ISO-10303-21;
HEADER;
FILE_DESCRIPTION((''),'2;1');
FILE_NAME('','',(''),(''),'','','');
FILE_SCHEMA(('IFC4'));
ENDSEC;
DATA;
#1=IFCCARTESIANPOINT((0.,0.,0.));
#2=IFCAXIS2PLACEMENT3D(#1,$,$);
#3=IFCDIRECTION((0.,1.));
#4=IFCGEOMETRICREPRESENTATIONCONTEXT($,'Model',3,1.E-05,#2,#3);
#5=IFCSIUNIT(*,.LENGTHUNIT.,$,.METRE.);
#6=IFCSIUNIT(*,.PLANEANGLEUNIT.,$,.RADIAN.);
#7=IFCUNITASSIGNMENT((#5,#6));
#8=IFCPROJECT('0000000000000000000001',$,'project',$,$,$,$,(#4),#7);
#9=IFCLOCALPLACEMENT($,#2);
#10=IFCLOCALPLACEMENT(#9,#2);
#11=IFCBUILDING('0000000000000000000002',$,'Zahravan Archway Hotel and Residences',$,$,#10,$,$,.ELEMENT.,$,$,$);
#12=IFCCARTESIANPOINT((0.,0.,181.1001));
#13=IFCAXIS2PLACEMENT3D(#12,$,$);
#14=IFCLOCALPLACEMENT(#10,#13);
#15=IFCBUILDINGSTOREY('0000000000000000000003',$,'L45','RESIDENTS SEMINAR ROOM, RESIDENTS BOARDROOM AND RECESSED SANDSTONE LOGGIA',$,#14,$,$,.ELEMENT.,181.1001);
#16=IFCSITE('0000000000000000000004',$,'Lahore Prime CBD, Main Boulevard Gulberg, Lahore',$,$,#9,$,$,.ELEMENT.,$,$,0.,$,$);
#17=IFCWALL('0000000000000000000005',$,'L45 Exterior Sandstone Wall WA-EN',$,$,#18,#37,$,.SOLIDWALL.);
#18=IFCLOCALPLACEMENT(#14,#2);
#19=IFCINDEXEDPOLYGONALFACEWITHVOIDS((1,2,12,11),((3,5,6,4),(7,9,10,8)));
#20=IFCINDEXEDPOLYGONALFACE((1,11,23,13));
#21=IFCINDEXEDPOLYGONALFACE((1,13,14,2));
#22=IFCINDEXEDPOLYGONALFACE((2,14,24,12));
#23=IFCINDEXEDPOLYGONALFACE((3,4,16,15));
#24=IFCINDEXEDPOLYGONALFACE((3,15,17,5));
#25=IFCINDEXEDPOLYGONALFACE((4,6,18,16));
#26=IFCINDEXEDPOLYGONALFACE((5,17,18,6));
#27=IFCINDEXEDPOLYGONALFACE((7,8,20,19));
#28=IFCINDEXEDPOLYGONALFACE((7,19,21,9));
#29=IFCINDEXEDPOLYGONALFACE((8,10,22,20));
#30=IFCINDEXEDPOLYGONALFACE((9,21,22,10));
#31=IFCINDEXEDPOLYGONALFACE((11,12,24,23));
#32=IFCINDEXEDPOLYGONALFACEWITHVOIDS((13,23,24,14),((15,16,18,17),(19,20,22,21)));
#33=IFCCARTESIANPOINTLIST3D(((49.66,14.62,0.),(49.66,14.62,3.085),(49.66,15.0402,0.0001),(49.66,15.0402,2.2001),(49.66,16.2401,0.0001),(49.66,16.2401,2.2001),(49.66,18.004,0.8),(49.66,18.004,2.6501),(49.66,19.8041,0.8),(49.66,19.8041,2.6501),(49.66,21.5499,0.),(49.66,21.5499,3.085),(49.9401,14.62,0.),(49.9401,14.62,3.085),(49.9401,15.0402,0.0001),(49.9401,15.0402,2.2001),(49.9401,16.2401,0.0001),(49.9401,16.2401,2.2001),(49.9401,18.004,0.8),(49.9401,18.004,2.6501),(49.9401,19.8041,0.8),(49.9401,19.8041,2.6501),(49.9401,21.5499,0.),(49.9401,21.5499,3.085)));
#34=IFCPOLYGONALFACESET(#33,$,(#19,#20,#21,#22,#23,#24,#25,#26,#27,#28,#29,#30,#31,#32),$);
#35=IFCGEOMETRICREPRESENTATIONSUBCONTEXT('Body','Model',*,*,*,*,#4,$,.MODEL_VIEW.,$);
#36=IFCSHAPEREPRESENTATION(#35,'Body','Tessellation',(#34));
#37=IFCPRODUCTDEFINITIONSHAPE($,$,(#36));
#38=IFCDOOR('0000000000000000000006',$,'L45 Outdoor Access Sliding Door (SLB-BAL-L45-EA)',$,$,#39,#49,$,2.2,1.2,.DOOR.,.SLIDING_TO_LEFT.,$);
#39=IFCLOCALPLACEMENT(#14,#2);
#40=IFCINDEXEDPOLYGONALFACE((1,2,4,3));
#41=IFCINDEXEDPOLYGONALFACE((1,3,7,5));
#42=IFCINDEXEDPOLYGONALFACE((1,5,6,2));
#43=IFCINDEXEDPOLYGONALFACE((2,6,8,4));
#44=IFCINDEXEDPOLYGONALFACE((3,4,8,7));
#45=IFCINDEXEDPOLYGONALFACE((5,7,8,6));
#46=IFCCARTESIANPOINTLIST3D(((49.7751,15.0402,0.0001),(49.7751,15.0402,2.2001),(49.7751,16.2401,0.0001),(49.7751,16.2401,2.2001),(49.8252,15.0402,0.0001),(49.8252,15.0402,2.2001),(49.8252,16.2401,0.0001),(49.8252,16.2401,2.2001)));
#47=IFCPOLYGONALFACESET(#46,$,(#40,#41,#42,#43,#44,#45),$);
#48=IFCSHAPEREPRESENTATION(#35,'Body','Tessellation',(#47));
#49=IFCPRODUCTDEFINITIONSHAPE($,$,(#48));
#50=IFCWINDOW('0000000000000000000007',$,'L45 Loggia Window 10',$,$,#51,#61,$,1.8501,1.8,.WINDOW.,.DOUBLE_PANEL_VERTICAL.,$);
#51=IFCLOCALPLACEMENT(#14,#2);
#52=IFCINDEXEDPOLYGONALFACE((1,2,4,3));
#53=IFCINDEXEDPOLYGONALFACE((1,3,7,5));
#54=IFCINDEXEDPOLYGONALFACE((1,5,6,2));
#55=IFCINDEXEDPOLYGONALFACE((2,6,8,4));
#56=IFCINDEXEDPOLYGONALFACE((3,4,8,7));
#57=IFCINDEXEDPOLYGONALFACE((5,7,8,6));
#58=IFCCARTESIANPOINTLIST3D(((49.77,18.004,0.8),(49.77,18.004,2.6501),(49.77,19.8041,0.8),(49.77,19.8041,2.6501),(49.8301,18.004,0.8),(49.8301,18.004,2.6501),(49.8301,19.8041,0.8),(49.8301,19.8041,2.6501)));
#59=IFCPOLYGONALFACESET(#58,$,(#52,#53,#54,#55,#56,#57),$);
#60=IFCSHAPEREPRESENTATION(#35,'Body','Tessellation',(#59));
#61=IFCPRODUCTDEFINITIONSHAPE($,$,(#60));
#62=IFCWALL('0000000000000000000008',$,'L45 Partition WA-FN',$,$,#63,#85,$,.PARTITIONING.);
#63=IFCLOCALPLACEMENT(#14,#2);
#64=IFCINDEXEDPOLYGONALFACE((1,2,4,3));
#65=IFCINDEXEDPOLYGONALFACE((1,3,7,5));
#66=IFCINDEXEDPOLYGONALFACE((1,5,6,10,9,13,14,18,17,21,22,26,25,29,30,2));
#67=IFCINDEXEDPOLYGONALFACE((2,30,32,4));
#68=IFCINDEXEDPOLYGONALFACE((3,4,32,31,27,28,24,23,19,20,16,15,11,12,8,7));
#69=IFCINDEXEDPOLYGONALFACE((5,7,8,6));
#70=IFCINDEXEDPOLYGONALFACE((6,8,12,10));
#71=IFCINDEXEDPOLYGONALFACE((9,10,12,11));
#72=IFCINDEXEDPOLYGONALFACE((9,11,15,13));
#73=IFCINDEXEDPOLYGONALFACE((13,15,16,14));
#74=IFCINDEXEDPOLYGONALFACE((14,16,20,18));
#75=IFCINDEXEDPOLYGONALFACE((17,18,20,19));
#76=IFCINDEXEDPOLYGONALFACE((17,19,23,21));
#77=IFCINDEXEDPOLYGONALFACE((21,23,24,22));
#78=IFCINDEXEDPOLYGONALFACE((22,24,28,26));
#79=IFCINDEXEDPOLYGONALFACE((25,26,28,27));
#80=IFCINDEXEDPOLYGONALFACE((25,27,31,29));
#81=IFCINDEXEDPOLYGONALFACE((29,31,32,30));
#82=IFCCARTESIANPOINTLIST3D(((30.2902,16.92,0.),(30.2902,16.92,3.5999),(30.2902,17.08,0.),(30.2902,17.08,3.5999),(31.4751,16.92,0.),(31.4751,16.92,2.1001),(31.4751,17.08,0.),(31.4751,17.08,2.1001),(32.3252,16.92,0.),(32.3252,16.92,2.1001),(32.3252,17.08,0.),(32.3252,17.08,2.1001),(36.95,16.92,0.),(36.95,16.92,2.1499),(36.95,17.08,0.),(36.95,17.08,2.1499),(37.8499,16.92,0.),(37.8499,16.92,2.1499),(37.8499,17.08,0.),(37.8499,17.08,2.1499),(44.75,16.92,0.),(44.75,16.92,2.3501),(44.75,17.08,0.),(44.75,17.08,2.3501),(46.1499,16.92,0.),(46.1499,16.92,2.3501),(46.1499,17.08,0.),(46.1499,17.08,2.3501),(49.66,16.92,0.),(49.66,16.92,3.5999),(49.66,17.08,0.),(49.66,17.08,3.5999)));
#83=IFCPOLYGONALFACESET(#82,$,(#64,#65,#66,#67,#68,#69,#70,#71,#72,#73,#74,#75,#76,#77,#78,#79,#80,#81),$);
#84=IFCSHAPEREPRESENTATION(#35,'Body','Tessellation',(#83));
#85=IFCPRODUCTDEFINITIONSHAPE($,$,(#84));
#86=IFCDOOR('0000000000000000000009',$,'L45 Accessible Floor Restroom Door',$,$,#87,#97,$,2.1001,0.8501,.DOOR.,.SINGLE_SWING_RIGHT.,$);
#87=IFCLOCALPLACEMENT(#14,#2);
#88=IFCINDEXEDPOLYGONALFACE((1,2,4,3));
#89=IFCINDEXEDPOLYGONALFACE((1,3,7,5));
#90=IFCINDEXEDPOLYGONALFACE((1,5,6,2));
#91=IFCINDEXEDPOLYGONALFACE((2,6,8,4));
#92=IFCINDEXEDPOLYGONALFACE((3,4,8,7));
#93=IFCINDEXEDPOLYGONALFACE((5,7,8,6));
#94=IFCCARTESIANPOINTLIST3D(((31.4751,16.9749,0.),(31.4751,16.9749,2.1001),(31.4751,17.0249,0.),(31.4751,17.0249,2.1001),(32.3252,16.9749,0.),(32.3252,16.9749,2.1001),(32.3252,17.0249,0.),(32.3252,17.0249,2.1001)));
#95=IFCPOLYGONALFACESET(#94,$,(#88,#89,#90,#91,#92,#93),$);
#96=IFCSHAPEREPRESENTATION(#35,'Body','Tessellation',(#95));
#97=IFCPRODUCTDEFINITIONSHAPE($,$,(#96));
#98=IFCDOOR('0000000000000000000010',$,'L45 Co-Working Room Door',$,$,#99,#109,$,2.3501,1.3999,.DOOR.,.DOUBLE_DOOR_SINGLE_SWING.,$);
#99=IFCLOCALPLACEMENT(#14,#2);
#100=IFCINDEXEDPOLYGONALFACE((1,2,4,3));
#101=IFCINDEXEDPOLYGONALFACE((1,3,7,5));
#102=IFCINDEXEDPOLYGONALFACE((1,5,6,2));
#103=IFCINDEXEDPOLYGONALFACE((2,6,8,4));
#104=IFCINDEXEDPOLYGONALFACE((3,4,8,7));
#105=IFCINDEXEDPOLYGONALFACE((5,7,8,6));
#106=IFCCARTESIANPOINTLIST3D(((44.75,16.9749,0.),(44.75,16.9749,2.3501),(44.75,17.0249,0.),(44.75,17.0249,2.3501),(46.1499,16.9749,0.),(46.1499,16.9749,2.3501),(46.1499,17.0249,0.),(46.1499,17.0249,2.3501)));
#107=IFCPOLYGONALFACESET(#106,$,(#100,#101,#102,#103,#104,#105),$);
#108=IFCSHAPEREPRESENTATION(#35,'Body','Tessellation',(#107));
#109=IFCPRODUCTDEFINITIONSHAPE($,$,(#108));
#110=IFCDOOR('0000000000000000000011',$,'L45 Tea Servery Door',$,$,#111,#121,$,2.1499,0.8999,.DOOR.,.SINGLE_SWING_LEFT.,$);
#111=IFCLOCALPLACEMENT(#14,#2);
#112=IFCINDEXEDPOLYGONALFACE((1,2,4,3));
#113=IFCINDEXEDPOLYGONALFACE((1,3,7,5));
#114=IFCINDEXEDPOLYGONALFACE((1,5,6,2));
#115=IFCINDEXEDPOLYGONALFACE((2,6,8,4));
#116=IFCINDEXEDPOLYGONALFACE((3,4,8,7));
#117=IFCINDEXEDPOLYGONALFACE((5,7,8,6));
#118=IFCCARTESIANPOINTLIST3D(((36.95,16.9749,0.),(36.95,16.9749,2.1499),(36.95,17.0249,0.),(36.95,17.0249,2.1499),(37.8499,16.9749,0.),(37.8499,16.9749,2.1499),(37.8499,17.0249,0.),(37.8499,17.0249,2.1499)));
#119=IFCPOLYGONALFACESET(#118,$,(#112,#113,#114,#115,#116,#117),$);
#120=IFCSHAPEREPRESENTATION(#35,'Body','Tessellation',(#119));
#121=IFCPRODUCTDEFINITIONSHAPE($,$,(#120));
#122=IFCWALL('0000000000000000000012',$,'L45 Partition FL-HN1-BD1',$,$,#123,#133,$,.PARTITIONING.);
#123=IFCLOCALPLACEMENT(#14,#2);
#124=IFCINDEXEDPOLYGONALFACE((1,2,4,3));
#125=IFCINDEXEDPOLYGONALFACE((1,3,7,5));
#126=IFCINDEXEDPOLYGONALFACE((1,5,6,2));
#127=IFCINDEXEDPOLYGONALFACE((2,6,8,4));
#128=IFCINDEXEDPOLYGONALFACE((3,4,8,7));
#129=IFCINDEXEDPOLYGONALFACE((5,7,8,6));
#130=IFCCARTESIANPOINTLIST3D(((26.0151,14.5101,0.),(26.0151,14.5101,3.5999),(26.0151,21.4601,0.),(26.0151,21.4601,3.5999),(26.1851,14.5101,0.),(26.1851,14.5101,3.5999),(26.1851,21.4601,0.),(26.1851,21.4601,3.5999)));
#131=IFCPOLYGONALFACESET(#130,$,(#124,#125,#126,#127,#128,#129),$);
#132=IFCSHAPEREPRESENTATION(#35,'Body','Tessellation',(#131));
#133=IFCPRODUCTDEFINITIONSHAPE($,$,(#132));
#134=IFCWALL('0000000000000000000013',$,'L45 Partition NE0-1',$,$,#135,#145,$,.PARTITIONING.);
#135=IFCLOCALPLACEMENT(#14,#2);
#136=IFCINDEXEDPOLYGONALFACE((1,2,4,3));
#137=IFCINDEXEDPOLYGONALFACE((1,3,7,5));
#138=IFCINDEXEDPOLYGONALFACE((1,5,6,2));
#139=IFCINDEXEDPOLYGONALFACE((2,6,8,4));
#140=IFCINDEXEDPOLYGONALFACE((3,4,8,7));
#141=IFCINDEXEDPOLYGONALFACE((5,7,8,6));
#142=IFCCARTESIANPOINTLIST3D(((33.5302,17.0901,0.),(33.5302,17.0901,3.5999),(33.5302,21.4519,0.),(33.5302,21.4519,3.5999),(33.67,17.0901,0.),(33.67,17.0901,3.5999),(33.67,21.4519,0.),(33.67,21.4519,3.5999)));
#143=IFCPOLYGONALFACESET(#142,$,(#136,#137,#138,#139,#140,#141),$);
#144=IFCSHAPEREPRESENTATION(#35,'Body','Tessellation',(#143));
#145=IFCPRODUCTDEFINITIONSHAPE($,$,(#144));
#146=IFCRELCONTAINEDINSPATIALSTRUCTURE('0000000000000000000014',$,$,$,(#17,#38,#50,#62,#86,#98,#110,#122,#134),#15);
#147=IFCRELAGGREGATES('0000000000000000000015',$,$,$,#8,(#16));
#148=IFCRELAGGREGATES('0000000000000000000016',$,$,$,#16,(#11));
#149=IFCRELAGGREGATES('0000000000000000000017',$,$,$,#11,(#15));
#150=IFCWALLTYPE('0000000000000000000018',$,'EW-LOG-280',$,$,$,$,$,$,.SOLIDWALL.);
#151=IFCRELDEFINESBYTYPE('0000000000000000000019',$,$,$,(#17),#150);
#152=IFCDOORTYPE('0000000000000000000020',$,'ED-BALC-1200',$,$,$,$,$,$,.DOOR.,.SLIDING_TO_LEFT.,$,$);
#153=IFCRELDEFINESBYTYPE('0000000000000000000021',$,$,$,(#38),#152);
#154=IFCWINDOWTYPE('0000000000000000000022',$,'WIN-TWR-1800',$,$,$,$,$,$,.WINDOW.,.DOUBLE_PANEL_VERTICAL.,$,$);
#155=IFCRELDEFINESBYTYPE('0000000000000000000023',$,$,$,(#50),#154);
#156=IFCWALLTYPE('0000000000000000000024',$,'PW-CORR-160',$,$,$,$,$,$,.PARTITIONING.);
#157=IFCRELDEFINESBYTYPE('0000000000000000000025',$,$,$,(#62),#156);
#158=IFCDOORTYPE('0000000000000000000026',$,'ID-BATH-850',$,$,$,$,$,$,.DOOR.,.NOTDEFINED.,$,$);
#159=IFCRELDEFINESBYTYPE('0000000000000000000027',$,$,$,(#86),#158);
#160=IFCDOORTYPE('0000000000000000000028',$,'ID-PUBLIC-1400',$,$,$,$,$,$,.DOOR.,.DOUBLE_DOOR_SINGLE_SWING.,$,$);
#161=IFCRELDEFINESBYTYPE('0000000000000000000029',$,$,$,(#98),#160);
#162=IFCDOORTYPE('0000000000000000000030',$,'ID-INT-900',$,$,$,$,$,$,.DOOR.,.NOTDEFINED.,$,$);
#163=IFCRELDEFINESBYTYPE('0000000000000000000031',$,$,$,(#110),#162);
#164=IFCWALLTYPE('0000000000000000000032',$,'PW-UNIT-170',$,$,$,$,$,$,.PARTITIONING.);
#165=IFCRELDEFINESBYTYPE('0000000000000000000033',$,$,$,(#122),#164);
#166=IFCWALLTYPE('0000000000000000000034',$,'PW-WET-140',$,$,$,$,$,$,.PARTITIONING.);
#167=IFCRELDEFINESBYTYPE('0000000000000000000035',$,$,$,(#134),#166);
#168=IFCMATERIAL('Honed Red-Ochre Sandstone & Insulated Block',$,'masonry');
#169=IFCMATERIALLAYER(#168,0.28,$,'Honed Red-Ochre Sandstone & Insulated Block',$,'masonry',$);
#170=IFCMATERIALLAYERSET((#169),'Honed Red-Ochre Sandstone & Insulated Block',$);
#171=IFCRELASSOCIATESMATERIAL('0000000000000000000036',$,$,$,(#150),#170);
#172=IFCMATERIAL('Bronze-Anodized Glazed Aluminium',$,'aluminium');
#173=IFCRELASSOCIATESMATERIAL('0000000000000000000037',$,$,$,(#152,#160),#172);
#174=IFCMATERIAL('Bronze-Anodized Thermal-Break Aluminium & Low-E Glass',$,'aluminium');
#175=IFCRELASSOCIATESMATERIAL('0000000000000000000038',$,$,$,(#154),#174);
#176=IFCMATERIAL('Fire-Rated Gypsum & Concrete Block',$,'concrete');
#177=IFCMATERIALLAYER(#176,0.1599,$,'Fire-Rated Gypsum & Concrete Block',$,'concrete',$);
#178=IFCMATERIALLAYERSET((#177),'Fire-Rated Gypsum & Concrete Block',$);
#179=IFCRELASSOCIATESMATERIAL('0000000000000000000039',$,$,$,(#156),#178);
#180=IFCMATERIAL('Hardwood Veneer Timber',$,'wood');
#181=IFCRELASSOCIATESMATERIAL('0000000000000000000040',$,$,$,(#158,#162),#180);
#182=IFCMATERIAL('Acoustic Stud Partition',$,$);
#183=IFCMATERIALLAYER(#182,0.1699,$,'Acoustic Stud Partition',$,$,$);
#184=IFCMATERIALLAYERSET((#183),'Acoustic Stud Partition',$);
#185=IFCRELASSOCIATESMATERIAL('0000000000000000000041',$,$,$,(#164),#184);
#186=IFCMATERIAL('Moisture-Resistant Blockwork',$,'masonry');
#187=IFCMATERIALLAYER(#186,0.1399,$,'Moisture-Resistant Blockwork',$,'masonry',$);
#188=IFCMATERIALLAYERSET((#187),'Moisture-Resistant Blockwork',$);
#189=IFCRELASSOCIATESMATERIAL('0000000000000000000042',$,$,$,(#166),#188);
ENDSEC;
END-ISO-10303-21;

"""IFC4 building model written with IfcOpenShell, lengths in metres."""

from ifc_helpers import new_model, si_unit, direction, frame, frame_2d, origin, place, context, subcontext, project, spatial, rectangle, extrude, source, transform, mapped, material, layer, layer_set, type_object, type_shapes, element, fill, save


model = new_model("IFC4")

# Units and contexts
model_context = context("Model", 3, precision=1e-05, world=origin(), true_north=direction((0.0, 1.0)))
body_context = subcontext(model_context, "Body", "Model", "MODEL_VIEW")
ifc_project = project(units=[si_unit("LENGTHUNIT", "METRE"), si_unit("PLANEANGLEUNIT", "RADIAN")], contexts=[model_context])

# Site, building, storey
site_placement = place(None, origin())
site = spatial("IfcSite", under=ifc_project, at=site_placement, Name="Lahore Prime CBD, Main Boulevard Gulberg, Lahore", CompositionType="ELEMENT", RefElevation=0.0)
building_placement = place(site_placement, origin())
building = spatial("IfcBuilding", under=site, at=building_placement, Name="Zahravan Archway Hotel and Residences", CompositionType="ELEMENT")
storey_placement = place(building_placement, frame((0.0, 0.0, 181.1001)))
storey = spatial("IfcBuildingStorey", under=building, at=storey_placement, Name="L45", Description="RESIDENTS SEMINAR ROOM, RESIDENTS BOARDROOM AND RECESSED SANDSTONE LOGGIA", CompositionType="ELEMENT", Elevation=181.1001)

# Wall, openings, door, window
ifc_material_1 = material(Name="Honed Red-Ochre Sandstone & Insulated Block", Category="masonry")
ifc_layer_1 = layer(ifc_material_1, 0.28, Name="Honed Red-Ochre Sandstone & Insulated Block", Category="masonry")
ifc_layer_set_1 = layer_set([ifc_layer_1], Name="Honed Red-Ochre Sandstone & Insulated Block")
wall_type_1 = type_object("IfcWallType", Name="EW-LOG-280", PredefinedType="SOLIDWALL", material=ifc_layer_set_1)
wall_1_placement = place(storey_placement, frame((49.8, 14.6201, 0.0), z_axis=(0.0, 0.0, 1.0), x_axis=(0.0, 1.0, 0.0)))
wall_1 = element("IfcWall", 1, at=wall_1_placement, inside=storey, type_object=wall_type_1, Name="L45 Exterior Sandstone Wall WA-EN", PredefinedType="SOLIDWALL", context=body_context, shape_type="SweptSolid", body=[
    extrude(rectangle(XDim=6.9299, YDim=0.28, at=frame_2d((3.4648, 0.0))), origin(), (0.0, 0.0, 1.0), 3.085),
])
opening_1_placement = place(wall_1_placement, frame((0.4199, 0.0, 0.0)))
opening_1 = element("IfcOpeningElement", 2, at=opening_1_placement, cuts=wall_1, PredefinedType="OPENING", context=body_context, shape_type="SweptSolid", body=[
    extrude(rectangle(XDim=1.2, YDim=2.2, at=frame_2d((0.6001, 1.1001))), frame((0.0, 0.1499, 0.0), z_axis=(0.0, -1.0, 0.0), x_axis=(1.0, 0.0, 0.0)), (0.0, 0.0, 1.0), 0.3),
])
opening_2_placement = place(wall_1_placement, frame((3.384, 0.0, 0.8)))
opening_2 = element("IfcOpeningElement", 3, at=opening_2_placement, cuts=wall_1, PredefinedType="OPENING", context=body_context, shape_type="SweptSolid", body=[
    extrude(rectangle(XDim=1.8, YDim=1.8501, at=frame_2d((0.8999, 0.925))), frame((0.0, 0.1499, 0.0), z_axis=(0.0, -1.0, 0.0), x_axis=(1.0, 0.0, 0.0)), (0.0, 0.0, 1.0), 0.3),
])
ifc_material_2 = material(Name="Bronze-Anodized Glazed Aluminium", Category="aluminium")
door_type_1 = type_object("IfcDoorType", Name="ED-BALC-1200", OperationType="SLIDING_TO_LEFT", PredefinedType="DOOR", material=ifc_material_2)
shared_shape_1 = source(origin(), body_context, "Body", "SweptSolid", [
    extrude(rectangle(XDim=1.2, YDim=2.2, at=frame_2d((0.6001, 1.1001))), frame((0.0, 0.0249, 0.0), z_axis=(0.0, -1.0, 0.0), x_axis=(1.0, 0.0, 0.0)), (0.0, 0.0, 1.0), 0.05),
])
type_shapes(door_type_1, [shared_shape_1])
door_1_placement = place(opening_1_placement, origin())
door_1 = element("IfcDoor", 4, at=door_1_placement, inside=storey, type_object=door_type_1, Name="L45 Outdoor Access Sliding Door (SLB-BAL-L45-EA)", OperationType="SLIDING_TO_LEFT", OverallHeight=2.2, OverallWidth=1.2, PredefinedType="DOOR", context=body_context, shape_type="MappedRepresentation", body=[
    mapped(shared_shape_1, transform((0.0, 0.0, 0.0), scale=1.0)),
])
fill(opening_1, door_1)
ifc_material_3 = material(Name="Bronze-Anodized Thermal-Break Aluminium & Low-E Glass", Category="aluminium")
window_type = type_object("IfcWindowType", Name="WIN-TWR-1800", PartitioningType="DOUBLE_PANEL_VERTICAL", PredefinedType="WINDOW", material=ifc_material_3)
shared_shape_2 = source(origin(), body_context, "Body", "SweptSolid", [
    extrude(rectangle(XDim=1.8, YDim=1.8501, at=frame_2d((0.8999, 0.925))), frame((0.0, 0.03, 0.0), z_axis=(0.0, -1.0, 0.0), x_axis=(1.0, 0.0, 0.0)), (0.0, 0.0, 1.0), 0.0601),
])
type_shapes(window_type, [shared_shape_2])
window_placement = place(opening_2_placement, origin())
window = element("IfcWindow", 5, at=window_placement, inside=storey, type_object=window_type, Name="L45 Loggia Window 10", OverallHeight=1.8501, OverallWidth=1.8, PartitioningType="DOUBLE_PANEL_VERTICAL", PredefinedType="WINDOW", context=body_context, shape_type="MappedRepresentation", body=[
    mapped(shared_shape_2, transform((0.0, 0.0, 0.0), scale=1.0)),
])
fill(opening_2, window)

# Wall, openings, doors
ifc_material_4 = material(Name="Fire-Rated Gypsum & Concrete Block", Category="concrete")
ifc_layer_2 = layer(ifc_material_4, 0.1599, Name="Fire-Rated Gypsum & Concrete Block", Category="concrete")
ifc_layer_set_2 = layer_set([ifc_layer_2], Name="Fire-Rated Gypsum & Concrete Block")
wall_type_2 = type_object("IfcWallType", Name="PW-CORR-160", PredefinedType="PARTITIONING", material=ifc_layer_set_2)
wall_2_placement = place(storey_placement, frame((30.29, 17.0, 0.0), z_axis=(0.0, 0.0, 1.0), x_axis=(1.0, 0.0, 0.0)))
wall_2 = element("IfcWall", 6, at=wall_2_placement, inside=storey, type_object=wall_type_2, Name="L45 Partition WA-FN", PredefinedType="PARTITIONING", context=body_context, shape_type="SweptSolid", body=[
    extrude(rectangle(XDim=19.3699, YDim=0.1599, at=frame_2d((9.6851, 0.0))), origin(), (0.0, 0.0, 1.0), 3.5999),
])
opening_3_placement = place(wall_2_placement, frame((1.1851, 0.0, 0.0)))
opening_3 = element("IfcOpeningElement", 7, at=opening_3_placement, cuts=wall_2, PredefinedType="OPENING", context=body_context, shape_type="SweptSolid", body=[
    extrude(rectangle(XDim=0.8501, YDim=2.1001, at=frame_2d((0.425, 1.05))), frame((0.0, 0.0898, 0.0), z_axis=(0.0, -1.0, 0.0), x_axis=(1.0, 0.0, 0.0)), (0.0, 0.0, 1.0), 0.1799),
])
opening_4_placement = place(wall_2_placement, frame((6.6599, 0.0, 0.0)))
opening_4 = element("IfcOpeningElement", 8, at=opening_4_placement, cuts=wall_2, PredefinedType="OPENING", context=body_context, shape_type="SweptSolid", body=[
    extrude(rectangle(XDim=0.8999, YDim=2.1499, at=frame_2d((0.45, 1.075))), frame((0.0, 0.0898, 0.0), z_axis=(0.0, -1.0, 0.0), x_axis=(1.0, 0.0, 0.0)), (0.0, 0.0, 1.0), 0.1799),
])
opening_5_placement = place(wall_2_placement, frame((14.46, 0.0, 0.0)))
opening_5 = element("IfcOpeningElement", 9, at=opening_5_placement, cuts=wall_2, PredefinedType="OPENING", context=body_context, shape_type="SweptSolid", body=[
    extrude(rectangle(XDim=1.3999, YDim=2.3501, at=frame_2d((0.7, 1.175))), frame((0.0, 0.0898, 0.0), z_axis=(0.0, -1.0, 0.0), x_axis=(1.0, 0.0, 0.0)), (0.0, 0.0, 1.0), 0.1799),
])
ifc_material_5 = material(Name="Hardwood Veneer Timber", Category="wood")
door_type_2 = type_object("IfcDoorType", Name="ID-BATH-850", OperationType="NOTDEFINED", PredefinedType="DOOR", material=ifc_material_5)
shared_shape_3 = source(origin(), body_context, "Body", "SweptSolid", [
    extrude(rectangle(XDim=0.8501, YDim=2.1001, at=frame_2d((0.425, 1.05))), frame((0.0, 0.0249, 0.0), z_axis=(0.0, -1.0, 0.0), x_axis=(1.0, 0.0, 0.0)), (0.0, 0.0, 1.0), 0.05),
])
type_shapes(door_type_2, [shared_shape_3])
door_2_placement = place(opening_3_placement, origin())
door_2 = element("IfcDoor", 10, at=door_2_placement, inside=storey, type_object=door_type_2, Name="L45 Accessible Floor Restroom Door", OperationType="SINGLE_SWING_RIGHT", OverallHeight=2.1001, OverallWidth=0.8501, PredefinedType="DOOR", context=body_context, shape_type="MappedRepresentation", body=[
    mapped(shared_shape_3, transform((0.0, 0.0, 0.0), scale=1.0)),
])
fill(opening_3, door_2)
door_type_3 = type_object("IfcDoorType", Name="ID-PUBLIC-1400", OperationType="DOUBLE_DOOR_SINGLE_SWING", PredefinedType="DOOR", material=ifc_material_2)
shared_shape_4 = source(origin(), body_context, "Body", "SweptSolid", [
    extrude(rectangle(XDim=1.3999, YDim=2.3501, at=frame_2d((0.7, 1.175))), frame((0.0, 0.0249, 0.0), z_axis=(0.0, -1.0, 0.0), x_axis=(1.0, 0.0, 0.0)), (0.0, 0.0, 1.0), 0.05),
])
type_shapes(door_type_3, [shared_shape_4])
door_3_placement = place(opening_5_placement, origin())
door_3 = element("IfcDoor", 11, at=door_3_placement, inside=storey, type_object=door_type_3, Name="L45 Co-Working Room Door", OperationType="DOUBLE_DOOR_SINGLE_SWING", OverallHeight=2.3501, OverallWidth=1.3999, PredefinedType="DOOR", context=body_context, shape_type="MappedRepresentation", body=[
    mapped(shared_shape_4, transform((0.0, 0.0, 0.0), scale=1.0)),
])
fill(opening_5, door_3)
door_type_4 = type_object("IfcDoorType", Name="ID-INT-900", OperationType="NOTDEFINED", PredefinedType="DOOR", material=ifc_material_5)
shared_shape_5 = source(origin(), body_context, "Body", "SweptSolid", [
    extrude(rectangle(XDim=0.8999, YDim=2.1499, at=frame_2d((0.45, 1.075))), frame((0.0, 0.0249, 0.0), z_axis=(0.0, -1.0, 0.0), x_axis=(1.0, 0.0, 0.0)), (0.0, 0.0, 1.0), 0.05),
])
type_shapes(door_type_4, [shared_shape_5])
door_4_placement = place(opening_4_placement, origin())
door_4 = element("IfcDoor", 12, at=door_4_placement, inside=storey, type_object=door_type_4, Name="L45 Tea Servery Door", OperationType="SINGLE_SWING_LEFT", OverallHeight=2.1499, OverallWidth=0.8999, PredefinedType="DOOR", context=body_context, shape_type="MappedRepresentation", body=[
    mapped(shared_shape_5, transform((0.0, 0.0, 0.0), scale=1.0)),
])
fill(opening_4, door_4)
ifc_material_6 = material(Name="Acoustic Stud Partition")
ifc_layer_3 = layer(ifc_material_6, 0.1699, Name="Acoustic Stud Partition")
ifc_layer_set_3 = layer_set([ifc_layer_3], Name="Acoustic Stud Partition")
wall_type_3 = type_object("IfcWallType", Name="PW-UNIT-170", PredefinedType="PARTITIONING", material=ifc_layer_set_3)

# Walls
wall_3_placement = place(storey_placement, frame((26.1001, 14.51, 0.0), z_axis=(0.0, 0.0, 1.0), x_axis=(0.0, 1.0, 0.0)))
element("IfcWall", 13, at=wall_3_placement, inside=storey, type_object=wall_type_3, Name="L45 Partition FL-HN1-BD1", PredefinedType="PARTITIONING", context=body_context, shape_type="SweptSolid", body=[
    extrude(rectangle(XDim=6.95, YDim=0.1699, at=frame_2d((3.4751, 0.0))), origin(), (0.0, 0.0, 1.0), 3.5999),
])
ifc_material_7 = material(Name="Moisture-Resistant Blockwork", Category="masonry")
ifc_layer_4 = layer(ifc_material_7, 0.1399, Name="Moisture-Resistant Blockwork", Category="masonry")
ifc_layer_set_4 = layer_set([ifc_layer_4], Name="Moisture-Resistant Blockwork")
wall_type_4 = type_object("IfcWallType", Name="PW-WET-140", PredefinedType="PARTITIONING", material=ifc_layer_set_4)
for number, where, z_axis, x_axis, name in (
    (14, (33.6001, 17.0901, 0.0), (0.0, 0.0, 1.0), (0.0, 1.0, 0.0), "L45 Partition NE0-1"),
):
    element("IfcWall", number, at=place(storey_placement, frame(where, z_axis=z_axis, x_axis=x_axis)), inside=storey, type_object=wall_type_4, Name=name, PredefinedType="PARTITIONING", context=body_context, shape_type="SweptSolid", body=[
        extrude(rectangle(XDim=4.3618, YDim=0.1399, at=frame_2d((2.1809, 0.0))), origin(), (0.0, 0.0, 1.0), 3.5999),
    ])

save(model, "model.ifc")
